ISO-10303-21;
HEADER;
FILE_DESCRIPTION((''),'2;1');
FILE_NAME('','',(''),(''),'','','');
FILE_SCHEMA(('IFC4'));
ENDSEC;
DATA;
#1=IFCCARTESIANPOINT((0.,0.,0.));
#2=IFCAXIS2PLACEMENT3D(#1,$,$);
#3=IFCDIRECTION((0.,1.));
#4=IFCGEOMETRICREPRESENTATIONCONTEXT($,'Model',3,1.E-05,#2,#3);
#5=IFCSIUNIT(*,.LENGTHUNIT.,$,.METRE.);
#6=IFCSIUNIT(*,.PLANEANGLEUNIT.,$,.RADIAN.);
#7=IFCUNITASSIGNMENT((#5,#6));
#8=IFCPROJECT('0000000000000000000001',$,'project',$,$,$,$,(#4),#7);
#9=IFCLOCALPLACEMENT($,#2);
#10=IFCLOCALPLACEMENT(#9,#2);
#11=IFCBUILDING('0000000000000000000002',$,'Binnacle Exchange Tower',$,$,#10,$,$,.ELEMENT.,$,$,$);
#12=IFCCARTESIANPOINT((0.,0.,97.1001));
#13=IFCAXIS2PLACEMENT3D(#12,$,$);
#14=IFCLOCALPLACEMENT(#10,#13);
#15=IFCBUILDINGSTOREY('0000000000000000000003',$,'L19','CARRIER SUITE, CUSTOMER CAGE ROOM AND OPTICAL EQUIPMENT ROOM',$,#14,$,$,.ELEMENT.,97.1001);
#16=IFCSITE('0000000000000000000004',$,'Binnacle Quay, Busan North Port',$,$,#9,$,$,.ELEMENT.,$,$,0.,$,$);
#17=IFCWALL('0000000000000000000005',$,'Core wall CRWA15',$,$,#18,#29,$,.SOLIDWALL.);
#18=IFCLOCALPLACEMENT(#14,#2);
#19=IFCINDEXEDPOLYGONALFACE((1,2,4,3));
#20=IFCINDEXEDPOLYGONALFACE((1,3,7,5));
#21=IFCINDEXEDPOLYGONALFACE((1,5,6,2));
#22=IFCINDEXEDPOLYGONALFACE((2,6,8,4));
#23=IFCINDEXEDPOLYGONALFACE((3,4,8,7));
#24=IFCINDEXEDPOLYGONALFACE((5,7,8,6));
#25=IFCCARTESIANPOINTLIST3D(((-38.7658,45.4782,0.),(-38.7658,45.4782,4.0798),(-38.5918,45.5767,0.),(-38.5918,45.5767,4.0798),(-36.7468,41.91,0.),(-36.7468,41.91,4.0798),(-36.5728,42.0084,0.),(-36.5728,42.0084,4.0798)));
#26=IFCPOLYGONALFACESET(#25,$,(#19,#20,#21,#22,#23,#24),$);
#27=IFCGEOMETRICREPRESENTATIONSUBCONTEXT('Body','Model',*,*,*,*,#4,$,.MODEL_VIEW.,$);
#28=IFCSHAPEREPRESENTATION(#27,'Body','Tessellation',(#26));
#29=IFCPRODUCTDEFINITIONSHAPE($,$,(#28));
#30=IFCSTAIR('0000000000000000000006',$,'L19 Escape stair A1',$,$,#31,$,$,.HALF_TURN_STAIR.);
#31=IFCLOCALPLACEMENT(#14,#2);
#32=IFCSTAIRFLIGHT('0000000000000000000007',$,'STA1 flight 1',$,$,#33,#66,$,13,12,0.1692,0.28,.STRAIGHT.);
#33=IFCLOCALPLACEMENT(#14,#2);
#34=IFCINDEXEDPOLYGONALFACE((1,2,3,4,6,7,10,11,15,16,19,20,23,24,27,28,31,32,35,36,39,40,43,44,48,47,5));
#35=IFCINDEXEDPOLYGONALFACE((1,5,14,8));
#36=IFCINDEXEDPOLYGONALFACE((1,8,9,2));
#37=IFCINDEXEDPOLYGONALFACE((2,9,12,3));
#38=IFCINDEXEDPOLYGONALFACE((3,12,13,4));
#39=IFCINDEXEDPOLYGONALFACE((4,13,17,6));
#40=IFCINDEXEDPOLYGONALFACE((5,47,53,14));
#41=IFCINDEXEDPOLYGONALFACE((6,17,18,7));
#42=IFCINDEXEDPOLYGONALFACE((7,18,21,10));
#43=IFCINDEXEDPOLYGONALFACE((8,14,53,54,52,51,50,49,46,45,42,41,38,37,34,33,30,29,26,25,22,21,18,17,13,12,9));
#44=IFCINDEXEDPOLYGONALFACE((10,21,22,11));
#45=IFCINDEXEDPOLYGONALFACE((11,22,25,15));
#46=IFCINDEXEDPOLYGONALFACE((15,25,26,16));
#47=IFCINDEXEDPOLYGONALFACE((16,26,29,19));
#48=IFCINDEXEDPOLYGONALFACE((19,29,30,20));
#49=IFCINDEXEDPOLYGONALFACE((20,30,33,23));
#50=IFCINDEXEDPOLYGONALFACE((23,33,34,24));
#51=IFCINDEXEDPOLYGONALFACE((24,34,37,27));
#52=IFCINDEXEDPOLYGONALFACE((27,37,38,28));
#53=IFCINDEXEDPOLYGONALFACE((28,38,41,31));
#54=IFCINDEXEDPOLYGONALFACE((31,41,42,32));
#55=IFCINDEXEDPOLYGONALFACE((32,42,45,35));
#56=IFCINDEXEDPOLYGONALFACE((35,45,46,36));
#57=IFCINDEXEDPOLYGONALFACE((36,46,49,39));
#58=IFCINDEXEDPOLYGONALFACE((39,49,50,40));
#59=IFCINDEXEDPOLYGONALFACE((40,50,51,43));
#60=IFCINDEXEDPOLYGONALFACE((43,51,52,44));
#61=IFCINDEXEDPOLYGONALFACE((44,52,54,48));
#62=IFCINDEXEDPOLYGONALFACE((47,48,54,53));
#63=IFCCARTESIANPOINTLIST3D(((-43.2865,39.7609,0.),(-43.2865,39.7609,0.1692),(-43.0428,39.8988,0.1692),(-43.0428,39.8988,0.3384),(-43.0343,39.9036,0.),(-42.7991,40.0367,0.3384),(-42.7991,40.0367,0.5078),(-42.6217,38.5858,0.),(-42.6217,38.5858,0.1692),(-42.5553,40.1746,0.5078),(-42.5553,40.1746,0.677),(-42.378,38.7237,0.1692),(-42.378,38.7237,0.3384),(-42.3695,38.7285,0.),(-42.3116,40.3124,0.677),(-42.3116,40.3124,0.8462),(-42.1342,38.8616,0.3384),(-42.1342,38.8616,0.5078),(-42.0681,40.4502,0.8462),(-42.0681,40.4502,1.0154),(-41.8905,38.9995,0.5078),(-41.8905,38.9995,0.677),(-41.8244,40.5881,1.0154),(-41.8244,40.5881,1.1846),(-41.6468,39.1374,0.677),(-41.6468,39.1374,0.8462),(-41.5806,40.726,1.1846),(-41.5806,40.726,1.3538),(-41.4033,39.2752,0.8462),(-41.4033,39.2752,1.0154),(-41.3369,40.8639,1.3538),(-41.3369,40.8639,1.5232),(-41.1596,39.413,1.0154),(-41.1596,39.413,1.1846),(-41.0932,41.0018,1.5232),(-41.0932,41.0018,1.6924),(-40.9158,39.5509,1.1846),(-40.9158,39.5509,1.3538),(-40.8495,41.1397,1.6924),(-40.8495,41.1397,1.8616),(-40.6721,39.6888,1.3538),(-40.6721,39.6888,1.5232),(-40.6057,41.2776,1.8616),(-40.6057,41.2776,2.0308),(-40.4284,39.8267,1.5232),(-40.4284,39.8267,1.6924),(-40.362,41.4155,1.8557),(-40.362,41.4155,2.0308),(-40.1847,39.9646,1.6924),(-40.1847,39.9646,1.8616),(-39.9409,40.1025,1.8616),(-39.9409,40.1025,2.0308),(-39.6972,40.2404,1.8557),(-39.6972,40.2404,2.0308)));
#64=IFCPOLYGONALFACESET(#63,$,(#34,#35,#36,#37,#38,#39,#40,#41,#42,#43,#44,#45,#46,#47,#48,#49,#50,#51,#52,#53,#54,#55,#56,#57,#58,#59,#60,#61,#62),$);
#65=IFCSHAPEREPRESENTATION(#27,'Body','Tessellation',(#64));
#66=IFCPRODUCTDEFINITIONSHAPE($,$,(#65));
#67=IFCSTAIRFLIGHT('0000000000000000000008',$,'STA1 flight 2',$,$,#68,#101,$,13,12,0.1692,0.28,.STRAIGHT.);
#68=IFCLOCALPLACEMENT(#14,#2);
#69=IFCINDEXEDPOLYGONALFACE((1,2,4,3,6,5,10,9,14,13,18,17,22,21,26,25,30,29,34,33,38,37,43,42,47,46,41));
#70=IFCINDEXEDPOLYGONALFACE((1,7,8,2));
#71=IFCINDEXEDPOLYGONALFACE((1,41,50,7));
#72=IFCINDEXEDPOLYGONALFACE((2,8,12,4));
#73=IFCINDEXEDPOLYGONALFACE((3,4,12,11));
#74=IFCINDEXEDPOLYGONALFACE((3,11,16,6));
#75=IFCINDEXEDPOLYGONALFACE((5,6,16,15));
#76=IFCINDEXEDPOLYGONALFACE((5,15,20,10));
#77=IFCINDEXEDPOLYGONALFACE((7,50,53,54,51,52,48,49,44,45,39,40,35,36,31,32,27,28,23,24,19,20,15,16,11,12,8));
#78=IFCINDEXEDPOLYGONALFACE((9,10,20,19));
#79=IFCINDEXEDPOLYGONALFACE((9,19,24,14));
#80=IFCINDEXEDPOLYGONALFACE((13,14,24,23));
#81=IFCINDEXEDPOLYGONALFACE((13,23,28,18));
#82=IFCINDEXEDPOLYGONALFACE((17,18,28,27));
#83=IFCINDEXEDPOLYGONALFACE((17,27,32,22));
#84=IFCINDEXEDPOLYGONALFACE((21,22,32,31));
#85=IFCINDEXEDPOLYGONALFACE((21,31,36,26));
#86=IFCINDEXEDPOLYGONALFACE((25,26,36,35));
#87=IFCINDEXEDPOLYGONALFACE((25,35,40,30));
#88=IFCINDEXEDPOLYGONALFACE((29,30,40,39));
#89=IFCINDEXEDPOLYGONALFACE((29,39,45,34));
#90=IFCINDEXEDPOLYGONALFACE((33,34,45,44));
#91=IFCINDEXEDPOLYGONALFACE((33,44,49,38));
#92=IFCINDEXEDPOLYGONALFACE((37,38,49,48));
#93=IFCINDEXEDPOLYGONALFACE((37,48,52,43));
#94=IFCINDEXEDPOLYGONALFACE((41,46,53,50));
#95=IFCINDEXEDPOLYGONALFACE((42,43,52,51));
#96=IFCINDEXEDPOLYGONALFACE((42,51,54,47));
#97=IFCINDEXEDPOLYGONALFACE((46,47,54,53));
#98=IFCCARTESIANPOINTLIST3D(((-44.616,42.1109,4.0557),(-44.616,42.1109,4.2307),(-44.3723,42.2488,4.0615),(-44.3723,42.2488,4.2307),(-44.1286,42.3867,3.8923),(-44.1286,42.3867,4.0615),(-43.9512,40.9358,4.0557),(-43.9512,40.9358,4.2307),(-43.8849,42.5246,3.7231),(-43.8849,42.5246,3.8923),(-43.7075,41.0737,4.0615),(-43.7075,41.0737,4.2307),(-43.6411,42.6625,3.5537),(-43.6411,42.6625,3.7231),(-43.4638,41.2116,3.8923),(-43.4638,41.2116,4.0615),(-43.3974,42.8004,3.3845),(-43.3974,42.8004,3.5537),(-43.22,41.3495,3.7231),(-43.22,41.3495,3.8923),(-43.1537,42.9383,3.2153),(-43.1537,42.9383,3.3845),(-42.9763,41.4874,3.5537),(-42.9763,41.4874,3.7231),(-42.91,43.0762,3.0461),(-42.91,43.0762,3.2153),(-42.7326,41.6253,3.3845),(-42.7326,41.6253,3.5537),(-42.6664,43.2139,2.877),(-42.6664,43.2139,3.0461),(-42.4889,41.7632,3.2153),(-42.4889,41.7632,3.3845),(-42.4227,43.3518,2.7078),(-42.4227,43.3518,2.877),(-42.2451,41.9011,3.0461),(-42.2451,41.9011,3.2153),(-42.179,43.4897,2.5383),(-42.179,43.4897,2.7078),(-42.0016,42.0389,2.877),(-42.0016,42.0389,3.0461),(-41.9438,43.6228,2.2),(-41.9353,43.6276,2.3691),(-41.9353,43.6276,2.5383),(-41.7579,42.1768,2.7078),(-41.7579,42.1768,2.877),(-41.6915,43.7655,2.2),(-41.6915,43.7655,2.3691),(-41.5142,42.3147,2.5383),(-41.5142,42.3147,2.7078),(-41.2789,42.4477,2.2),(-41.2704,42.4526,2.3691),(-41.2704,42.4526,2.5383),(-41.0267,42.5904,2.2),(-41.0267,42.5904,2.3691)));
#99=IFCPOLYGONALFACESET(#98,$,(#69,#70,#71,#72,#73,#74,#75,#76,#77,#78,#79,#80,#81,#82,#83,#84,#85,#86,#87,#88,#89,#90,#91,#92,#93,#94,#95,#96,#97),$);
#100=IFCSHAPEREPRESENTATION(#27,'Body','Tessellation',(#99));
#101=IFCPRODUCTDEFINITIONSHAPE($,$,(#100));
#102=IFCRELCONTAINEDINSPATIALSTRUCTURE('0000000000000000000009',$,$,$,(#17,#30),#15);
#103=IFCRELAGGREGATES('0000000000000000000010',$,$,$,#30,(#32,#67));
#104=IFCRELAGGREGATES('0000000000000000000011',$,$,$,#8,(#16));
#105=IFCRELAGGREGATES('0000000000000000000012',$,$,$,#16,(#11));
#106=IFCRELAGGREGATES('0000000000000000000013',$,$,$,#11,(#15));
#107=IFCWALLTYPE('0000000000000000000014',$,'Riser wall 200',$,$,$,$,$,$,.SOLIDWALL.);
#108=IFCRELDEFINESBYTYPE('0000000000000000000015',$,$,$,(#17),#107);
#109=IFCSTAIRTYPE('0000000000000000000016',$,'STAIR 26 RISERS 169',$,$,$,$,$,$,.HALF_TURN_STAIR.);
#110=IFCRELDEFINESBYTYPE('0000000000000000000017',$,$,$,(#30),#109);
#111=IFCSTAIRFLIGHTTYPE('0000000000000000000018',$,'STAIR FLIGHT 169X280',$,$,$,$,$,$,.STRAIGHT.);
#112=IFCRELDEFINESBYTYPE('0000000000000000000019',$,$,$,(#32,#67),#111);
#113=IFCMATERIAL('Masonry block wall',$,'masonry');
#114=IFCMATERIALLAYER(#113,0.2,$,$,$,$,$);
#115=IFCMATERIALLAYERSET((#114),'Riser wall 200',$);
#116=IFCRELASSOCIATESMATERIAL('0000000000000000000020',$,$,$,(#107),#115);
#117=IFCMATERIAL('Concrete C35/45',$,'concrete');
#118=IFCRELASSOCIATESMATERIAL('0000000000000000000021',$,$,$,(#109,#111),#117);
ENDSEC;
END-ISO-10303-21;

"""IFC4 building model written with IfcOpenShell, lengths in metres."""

from ifc_helpers import new_model, si_unit, direction, frame, frame_2d, origin, place, context, subcontext, project, spatial, polyline, rectangle, outline, extrude, material, layer, layer_set, type_object, element, aggregate, save


model = new_model("IFC4")

# Units and contexts
model_context = context("Model", 3, precision=1e-05, world=origin(), true_north=direction((0.0, 1.0)))
body_context = subcontext(model_context, "Body", "Model", "MODEL_VIEW")
ifc_project = project(units=[si_unit("LENGTHUNIT", "METRE"), si_unit("PLANEANGLEUNIT", "RADIAN")], contexts=[model_context])

# Site, building, storey
site_placement = place(None, origin())
site = spatial("IfcSite", under=ifc_project, at=site_placement, Name="Binnacle Quay, Busan North Port", CompositionType="ELEMENT", RefElevation=0.0)
building_placement = place(site_placement, origin())
building = spatial("IfcBuilding", under=site, at=building_placement, Name="Binnacle Exchange Tower", CompositionType="ELEMENT")
storey_placement = place(building_placement, frame((0.0, 0.0, 97.1001)))
storey = spatial("IfcBuildingStorey", under=building, at=storey_placement, Name="L19", Description="CARRIER SUITE, CUSTOMER CAGE ROOM AND OPTICAL EQUIPMENT ROOM", CompositionType="ELEMENT", Elevation=97.1001)

# Shared definitions
ifc_material_1 = material(Name="Masonry block wall", Category="masonry")

# Wall
ifc_layer_1 = layer(ifc_material_1, 0.2)
ifc_layer_set_1 = layer_set([ifc_layer_1], Name="Riser wall 200")
wall_type_1 = type_object("IfcWallType", Name="Riser wall 200", PredefinedType="SOLIDWALL", material=ifc_layer_set_1)
wall_1_placement = place(storey_placement, frame((-38.6787, 45.5273, 0.0), z_axis=(0.0, 0.0, 1.0), x_axis=(0.492454, -0.870339, 0.0)))
element("IfcWall", 1, at=wall_1_placement, inside=storey, type_object=wall_type_1, Name="Core wall CRWA15", PredefinedType="SOLIDWALL", context=body_context, shape_type="SweptSolid", body=[
    extrude(rectangle(XDim=4.0999, YDim=0.2, at=frame_2d((2.0498, 0.0))), origin(), (0.0, 0.0, 1.0), 4.0798),
])

# Stair, stair flights
ifc_material_2 = material(Name="Concrete C35/45", Category="concrete")
stair_type = type_object("IfcStairType", Name="STAIR 26 RISERS 169", PredefinedType="HALF_TURN_STAIR", material=ifc_material_2)
stair_placement = place(storey_placement, origin())
stair = element("IfcStair", 2, at=stair_placement, inside=storey, type_object=stair_type, Name="L19 Escape stair A1", PredefinedType="HALF_TURN_STAIR")
stair_flight_type = type_object("IfcStairFlightType", Name="STAIR FLIGHT 169X280", PredefinedType="STRAIGHT", material=ifc_material_2)
stair_flight_1_placement = place(storey_placement, frame((-42.9541, 39.1733, 0.0), z_axis=(0.0, 0.0, 1.0), x_axis=(0.870356, 0.492424, 0.0)))
stair_flight_1 = element("IfcStairFlight", 3, at=stair_flight_1_placement, type_object=stair_flight_type, Name="STA1 flight 1", NumberOfRisers=13, NumberOfTreads=12, PredefinedType="STRAIGHT", RiserHeight=0.1692, TreadLength=0.28, context=body_context, shape_type="SweptSolid", body=[
    extrude(outline(polyline([(0.0, 0.0), (0.0, 0.1692), (0.28, 0.1692), (0.28, 0.3384), (0.5601, 0.3384), (0.5601, 0.5078), (0.8401, 0.5078), (0.8401, 0.677), (1.1201, 0.677), (1.1201, 0.8462), (1.3999, 0.8462), (1.3999, 1.0154), (1.6799, 1.0154), (1.6799, 1.1846), (1.96, 1.1846), (1.96, 1.3538), (2.24, 1.3538), (2.24, 1.5232), (2.52, 1.5232), (2.52, 1.6924), (2.8, 1.6924), (2.8, 1.8616), (3.0801, 1.8616), (3.0801, 2.0308), (3.3601, 2.0308), (3.3601, 2.2), (3.3601, 1.8557), (0.2898, 0.0), (0.0, 0.0)])), frame((0.0, 0.675, 0.0), z_axis=(0.0, -1.0, 0.0), x_axis=(1.0, 0.0, 0.0)), (0.0, 0.0, 1.0), 1.3501),
])
stair_flight_2_placement = place(storey_placement, frame((-41.3591, 43.178, 2.2), z_axis=(0.0, 0.0, 1.0), x_axis=(-0.870356, -0.492424, 0.0)))
stair_flight_2 = element("IfcStairFlight", 4, at=stair_flight_2_placement, type_object=stair_flight_type, Name="STA1 flight 2", NumberOfRisers=13, NumberOfTreads=12, PredefinedType="STRAIGHT", RiserHeight=0.1692, TreadLength=0.28, context=body_context, shape_type="SweptSolid", body=[
    extrude(outline(polyline([(0.0, 0.0), (0.0, 0.1692), (0.28, 0.1692), (0.28, 0.3384), (0.5601, 0.3384), (0.5601, 0.5078), (0.8401, 0.5078), (0.8401, 0.677), (1.1201, 0.677), (1.1201, 0.8462), (1.3999, 0.8462), (1.3999, 1.0154), (1.6799, 1.0154), (1.6799, 1.1846), (1.96, 1.1846), (1.96, 1.3538), (2.24, 1.3538), (2.24, 1.5232), (2.52, 1.5232), (2.52, 1.6924), (2.8, 1.6924), (2.8, 1.8616), (3.0801, 1.8616), (3.0801, 2.0308), (3.3601, 2.0308), (3.3601, 2.2), (3.3601, 1.8557), (0.2898, 0.0), (0.0, 0.0)])), frame((0.0, 0.675, 0.0), z_axis=(0.0, -1.0, 0.0), x_axis=(1.0, 0.0, 0.0)), (0.0, 0.0, 1.0), 1.3501),
])
aggregate(stair, [stair_flight_1, stair_flight_2])

save(model, "model.ifc")
